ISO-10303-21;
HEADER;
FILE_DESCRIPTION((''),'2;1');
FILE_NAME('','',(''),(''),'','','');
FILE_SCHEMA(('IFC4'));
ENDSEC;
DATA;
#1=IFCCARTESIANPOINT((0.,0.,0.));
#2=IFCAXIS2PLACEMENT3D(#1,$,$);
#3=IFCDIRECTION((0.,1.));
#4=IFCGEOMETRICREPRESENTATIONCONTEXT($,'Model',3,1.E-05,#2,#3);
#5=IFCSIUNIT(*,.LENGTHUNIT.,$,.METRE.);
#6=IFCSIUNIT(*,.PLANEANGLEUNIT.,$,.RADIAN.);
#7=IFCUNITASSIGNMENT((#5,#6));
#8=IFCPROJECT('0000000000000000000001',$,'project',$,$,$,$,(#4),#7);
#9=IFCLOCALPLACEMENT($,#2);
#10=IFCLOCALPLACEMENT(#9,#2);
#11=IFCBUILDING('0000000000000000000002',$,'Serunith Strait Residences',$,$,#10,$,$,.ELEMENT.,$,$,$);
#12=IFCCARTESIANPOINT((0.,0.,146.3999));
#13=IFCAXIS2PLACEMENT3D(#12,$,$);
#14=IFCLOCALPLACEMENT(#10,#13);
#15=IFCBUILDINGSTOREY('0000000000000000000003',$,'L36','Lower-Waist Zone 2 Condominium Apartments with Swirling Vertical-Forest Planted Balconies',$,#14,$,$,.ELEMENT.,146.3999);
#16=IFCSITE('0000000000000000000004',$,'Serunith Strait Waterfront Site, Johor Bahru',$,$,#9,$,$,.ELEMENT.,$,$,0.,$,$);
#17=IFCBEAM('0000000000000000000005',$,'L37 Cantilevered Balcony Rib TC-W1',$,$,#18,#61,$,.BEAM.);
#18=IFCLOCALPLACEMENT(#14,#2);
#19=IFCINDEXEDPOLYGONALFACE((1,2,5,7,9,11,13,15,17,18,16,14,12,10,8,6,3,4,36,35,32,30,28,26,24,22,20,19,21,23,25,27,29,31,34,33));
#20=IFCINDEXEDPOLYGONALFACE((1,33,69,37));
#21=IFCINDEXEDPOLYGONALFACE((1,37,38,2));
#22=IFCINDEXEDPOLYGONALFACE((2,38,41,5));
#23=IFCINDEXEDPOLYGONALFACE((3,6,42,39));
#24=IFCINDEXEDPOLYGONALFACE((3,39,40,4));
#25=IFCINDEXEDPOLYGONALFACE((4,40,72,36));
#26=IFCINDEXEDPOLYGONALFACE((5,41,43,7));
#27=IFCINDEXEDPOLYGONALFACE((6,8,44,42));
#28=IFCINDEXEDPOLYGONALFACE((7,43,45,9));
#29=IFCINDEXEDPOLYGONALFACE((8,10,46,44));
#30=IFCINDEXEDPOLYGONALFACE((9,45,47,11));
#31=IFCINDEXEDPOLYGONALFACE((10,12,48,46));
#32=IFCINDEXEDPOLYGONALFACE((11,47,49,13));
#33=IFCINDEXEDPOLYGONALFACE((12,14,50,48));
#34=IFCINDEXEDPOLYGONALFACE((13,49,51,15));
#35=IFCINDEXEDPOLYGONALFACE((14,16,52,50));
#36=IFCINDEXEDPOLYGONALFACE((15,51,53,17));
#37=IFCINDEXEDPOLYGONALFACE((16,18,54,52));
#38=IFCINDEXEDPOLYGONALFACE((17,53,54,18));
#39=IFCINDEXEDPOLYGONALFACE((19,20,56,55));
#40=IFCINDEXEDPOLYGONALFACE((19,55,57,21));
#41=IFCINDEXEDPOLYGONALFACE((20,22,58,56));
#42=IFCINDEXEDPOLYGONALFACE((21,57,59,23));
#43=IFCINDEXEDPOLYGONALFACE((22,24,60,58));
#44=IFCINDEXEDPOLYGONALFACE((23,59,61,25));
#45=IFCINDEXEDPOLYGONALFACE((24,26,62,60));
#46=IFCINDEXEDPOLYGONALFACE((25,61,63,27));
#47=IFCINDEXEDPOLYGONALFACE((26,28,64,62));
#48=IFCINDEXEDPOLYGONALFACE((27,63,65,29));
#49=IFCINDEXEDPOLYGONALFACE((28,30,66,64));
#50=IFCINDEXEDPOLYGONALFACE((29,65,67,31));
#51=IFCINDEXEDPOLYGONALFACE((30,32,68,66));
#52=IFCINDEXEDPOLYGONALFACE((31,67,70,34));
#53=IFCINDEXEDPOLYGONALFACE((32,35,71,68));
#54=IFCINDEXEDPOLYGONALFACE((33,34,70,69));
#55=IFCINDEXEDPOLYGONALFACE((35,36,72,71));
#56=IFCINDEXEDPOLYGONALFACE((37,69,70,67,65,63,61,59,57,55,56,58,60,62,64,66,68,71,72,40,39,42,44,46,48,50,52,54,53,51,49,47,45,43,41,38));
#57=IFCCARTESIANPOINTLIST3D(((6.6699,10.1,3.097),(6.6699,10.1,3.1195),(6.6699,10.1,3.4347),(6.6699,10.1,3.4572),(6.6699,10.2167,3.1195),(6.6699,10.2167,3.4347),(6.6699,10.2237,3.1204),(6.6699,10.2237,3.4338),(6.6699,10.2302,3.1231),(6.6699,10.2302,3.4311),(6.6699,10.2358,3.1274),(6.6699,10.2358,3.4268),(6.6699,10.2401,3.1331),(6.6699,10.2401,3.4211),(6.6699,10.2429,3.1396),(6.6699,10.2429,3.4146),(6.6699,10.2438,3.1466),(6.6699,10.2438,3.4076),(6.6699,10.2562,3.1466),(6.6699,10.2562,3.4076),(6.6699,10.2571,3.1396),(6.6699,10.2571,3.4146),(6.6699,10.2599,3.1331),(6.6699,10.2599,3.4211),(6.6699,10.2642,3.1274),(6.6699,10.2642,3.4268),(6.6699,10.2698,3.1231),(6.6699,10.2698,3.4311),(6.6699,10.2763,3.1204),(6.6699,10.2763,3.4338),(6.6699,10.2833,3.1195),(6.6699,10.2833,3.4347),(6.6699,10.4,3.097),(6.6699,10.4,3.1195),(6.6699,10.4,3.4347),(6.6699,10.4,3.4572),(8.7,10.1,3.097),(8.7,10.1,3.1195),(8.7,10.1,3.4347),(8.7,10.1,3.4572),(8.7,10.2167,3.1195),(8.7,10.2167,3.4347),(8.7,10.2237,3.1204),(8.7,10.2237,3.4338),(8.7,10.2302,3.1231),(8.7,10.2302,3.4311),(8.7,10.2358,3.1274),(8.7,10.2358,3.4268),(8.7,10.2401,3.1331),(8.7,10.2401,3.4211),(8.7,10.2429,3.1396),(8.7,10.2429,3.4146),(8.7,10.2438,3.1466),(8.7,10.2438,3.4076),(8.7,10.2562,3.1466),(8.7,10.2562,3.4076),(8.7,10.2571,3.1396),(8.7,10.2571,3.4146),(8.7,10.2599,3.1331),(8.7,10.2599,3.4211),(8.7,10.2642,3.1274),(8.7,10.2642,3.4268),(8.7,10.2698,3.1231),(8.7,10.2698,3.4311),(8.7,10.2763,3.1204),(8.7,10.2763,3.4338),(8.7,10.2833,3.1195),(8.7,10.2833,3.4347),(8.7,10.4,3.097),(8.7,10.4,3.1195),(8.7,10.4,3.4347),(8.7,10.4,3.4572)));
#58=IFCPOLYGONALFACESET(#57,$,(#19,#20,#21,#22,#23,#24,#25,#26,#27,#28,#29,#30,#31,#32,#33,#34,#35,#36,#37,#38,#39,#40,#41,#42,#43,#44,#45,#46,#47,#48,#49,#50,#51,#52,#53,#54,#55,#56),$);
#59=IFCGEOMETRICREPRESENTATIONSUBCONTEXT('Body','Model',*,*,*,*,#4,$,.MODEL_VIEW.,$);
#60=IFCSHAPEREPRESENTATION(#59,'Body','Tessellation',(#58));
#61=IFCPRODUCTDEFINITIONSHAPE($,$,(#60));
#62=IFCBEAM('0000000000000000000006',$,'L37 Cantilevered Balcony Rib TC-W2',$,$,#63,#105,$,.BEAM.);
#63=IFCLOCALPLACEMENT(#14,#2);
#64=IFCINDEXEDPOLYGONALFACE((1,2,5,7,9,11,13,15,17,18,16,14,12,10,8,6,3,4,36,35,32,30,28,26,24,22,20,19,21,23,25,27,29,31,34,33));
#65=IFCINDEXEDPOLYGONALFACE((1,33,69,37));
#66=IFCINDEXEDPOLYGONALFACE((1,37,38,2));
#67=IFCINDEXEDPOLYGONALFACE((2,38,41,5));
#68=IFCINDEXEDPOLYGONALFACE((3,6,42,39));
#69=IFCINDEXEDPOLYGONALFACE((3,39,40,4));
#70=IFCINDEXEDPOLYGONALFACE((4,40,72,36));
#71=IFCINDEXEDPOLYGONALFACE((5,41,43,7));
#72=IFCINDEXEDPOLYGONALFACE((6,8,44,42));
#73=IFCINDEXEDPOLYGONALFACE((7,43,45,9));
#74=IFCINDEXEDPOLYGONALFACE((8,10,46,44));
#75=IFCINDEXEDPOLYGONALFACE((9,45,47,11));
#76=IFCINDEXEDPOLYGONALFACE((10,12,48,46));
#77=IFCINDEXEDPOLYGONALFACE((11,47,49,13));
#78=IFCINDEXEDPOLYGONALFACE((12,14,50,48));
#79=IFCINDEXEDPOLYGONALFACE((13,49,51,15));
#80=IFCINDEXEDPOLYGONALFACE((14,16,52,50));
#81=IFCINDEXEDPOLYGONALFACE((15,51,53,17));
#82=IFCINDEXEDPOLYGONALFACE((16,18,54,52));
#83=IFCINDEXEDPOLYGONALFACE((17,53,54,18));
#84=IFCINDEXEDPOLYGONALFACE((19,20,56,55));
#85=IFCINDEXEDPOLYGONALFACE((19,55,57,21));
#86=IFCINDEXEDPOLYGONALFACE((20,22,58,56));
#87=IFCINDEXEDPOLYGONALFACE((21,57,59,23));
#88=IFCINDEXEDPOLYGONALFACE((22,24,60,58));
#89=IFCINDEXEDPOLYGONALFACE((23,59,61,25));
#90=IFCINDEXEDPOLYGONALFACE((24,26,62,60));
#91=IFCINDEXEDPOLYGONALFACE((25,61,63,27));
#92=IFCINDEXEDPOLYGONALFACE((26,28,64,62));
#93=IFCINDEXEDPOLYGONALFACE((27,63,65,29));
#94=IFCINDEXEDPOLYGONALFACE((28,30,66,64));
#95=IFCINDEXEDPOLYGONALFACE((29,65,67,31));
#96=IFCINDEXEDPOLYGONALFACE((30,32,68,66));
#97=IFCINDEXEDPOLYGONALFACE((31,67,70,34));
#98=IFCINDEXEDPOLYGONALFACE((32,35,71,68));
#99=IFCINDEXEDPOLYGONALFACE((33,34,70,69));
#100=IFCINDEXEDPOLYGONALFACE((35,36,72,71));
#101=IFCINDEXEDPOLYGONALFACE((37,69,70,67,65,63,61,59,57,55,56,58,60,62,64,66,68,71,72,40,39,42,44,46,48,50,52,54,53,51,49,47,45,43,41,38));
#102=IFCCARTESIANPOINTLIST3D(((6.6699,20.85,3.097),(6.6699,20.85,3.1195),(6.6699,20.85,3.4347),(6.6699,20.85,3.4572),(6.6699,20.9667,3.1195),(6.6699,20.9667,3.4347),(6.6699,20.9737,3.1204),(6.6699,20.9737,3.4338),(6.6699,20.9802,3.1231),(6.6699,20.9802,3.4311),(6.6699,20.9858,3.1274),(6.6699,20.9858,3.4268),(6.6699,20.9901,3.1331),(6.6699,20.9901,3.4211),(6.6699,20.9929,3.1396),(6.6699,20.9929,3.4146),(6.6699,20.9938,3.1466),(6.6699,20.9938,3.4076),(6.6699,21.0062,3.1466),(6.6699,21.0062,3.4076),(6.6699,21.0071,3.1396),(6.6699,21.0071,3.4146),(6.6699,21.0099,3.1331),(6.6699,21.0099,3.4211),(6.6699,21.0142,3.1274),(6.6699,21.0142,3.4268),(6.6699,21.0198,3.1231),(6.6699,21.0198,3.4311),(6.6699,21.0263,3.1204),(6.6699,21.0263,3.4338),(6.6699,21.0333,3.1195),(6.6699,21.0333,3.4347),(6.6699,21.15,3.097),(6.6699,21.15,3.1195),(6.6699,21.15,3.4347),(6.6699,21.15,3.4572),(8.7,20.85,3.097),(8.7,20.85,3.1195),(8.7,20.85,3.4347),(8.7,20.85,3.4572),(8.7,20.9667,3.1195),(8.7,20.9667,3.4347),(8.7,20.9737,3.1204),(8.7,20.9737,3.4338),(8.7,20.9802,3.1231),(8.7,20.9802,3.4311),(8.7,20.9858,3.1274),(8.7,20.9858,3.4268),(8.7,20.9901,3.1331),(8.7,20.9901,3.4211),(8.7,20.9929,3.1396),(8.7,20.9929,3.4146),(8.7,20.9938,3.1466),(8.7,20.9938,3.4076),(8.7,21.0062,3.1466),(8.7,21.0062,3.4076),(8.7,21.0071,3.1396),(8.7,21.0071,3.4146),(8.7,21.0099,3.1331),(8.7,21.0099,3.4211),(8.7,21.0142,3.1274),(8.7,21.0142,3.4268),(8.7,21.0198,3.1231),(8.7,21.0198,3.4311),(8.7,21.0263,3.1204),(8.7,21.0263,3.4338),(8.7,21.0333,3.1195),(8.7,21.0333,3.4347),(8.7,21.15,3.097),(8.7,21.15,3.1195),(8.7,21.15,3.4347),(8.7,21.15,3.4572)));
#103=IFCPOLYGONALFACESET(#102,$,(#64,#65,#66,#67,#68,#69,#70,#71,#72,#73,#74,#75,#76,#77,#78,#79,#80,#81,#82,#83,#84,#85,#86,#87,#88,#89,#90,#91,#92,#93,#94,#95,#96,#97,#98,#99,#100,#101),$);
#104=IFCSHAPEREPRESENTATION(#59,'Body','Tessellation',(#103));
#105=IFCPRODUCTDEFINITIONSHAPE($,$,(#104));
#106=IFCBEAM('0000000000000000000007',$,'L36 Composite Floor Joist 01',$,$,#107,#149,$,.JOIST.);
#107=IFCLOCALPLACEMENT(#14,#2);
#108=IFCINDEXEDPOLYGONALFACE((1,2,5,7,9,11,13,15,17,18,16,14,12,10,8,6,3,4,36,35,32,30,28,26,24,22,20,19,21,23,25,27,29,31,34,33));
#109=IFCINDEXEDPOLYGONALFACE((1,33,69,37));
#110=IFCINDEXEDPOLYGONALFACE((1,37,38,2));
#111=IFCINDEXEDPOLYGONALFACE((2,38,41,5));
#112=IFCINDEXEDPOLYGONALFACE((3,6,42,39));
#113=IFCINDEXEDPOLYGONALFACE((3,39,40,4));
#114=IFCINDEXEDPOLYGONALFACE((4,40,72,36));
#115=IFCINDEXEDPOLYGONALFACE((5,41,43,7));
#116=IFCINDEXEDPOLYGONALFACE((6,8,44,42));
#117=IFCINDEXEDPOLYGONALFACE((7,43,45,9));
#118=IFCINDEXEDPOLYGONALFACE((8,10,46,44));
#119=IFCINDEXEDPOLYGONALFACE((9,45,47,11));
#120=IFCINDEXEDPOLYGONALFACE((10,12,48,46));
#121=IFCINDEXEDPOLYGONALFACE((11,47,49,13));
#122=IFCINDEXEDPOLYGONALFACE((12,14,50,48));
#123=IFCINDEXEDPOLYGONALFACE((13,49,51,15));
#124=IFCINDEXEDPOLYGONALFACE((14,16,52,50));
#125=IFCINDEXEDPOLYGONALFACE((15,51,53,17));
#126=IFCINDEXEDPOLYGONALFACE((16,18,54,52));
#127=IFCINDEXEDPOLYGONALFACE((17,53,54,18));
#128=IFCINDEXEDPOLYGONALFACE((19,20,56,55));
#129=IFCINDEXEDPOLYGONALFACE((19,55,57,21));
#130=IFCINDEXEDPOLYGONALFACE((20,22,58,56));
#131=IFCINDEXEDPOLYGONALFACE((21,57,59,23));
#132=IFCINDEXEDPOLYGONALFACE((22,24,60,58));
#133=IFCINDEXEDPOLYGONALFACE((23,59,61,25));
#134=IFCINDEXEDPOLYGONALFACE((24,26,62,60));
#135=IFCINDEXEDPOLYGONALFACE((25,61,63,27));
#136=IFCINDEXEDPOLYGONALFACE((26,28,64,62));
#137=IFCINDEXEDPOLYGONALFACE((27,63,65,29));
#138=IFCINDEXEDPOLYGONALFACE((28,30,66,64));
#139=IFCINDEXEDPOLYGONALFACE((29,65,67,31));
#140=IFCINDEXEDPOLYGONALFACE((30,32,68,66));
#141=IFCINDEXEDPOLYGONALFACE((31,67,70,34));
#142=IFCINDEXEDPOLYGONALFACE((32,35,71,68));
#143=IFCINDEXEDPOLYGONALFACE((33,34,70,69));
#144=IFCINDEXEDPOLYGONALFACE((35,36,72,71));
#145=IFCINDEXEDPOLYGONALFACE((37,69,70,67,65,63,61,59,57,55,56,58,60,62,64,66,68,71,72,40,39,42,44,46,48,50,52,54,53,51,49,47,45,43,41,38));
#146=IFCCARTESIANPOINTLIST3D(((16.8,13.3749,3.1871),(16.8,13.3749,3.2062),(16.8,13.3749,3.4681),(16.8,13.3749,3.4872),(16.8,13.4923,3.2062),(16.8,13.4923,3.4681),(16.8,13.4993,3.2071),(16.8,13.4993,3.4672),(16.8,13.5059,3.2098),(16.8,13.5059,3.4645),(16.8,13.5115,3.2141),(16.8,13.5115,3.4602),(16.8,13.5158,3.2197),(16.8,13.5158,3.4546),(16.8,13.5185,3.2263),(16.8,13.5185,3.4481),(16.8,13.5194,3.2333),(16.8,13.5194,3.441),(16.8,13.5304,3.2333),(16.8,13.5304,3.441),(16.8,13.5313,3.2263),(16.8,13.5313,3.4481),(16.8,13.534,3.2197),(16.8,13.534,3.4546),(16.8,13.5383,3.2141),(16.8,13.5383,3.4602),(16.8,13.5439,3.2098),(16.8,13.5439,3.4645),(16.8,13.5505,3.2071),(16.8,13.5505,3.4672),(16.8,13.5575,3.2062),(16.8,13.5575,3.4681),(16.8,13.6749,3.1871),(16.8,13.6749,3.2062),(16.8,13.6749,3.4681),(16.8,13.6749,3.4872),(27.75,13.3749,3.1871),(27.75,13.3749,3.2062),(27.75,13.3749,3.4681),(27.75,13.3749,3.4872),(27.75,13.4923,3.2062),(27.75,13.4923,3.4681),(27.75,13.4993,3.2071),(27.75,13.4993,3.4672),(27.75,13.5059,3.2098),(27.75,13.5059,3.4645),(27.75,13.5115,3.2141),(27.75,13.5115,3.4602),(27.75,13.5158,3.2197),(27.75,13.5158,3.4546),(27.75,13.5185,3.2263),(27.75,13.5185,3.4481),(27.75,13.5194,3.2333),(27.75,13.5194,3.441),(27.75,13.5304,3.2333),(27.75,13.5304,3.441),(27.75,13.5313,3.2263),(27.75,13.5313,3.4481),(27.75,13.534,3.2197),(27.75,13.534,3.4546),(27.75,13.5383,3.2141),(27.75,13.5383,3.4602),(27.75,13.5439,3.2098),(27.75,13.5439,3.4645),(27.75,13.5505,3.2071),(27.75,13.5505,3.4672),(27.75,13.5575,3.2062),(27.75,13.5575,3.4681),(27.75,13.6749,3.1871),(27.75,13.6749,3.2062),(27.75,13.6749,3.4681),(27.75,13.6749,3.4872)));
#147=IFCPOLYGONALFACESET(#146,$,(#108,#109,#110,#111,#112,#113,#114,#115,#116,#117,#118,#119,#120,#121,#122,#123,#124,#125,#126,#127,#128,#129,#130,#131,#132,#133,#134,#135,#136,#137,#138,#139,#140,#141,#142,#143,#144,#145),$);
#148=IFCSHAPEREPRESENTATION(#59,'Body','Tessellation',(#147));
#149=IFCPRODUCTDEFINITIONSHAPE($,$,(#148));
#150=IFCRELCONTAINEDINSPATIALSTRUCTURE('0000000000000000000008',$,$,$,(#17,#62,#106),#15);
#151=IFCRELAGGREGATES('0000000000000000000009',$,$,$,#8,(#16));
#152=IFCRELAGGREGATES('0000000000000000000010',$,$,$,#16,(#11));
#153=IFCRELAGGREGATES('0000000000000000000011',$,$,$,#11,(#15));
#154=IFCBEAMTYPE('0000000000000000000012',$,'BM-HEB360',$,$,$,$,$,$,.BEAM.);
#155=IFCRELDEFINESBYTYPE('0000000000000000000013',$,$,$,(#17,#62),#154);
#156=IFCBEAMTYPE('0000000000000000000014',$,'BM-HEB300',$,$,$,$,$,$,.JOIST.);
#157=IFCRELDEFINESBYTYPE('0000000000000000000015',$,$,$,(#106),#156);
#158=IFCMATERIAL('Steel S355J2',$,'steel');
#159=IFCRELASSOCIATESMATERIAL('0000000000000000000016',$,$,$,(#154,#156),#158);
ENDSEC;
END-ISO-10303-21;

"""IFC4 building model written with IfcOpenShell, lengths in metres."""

from ifc_helpers import new_model, si_unit, direction, frame, origin, origin_2d, place, context, subcontext, project, spatial, i_section, extrude, source, transform, mapped, material, material_profile, profile_set, type_object, element, save


model = new_model("IFC4")

# Units and contexts
model_context = context("Model", 3, precision=1e-05, world=origin(), true_north=direction((0.0, 1.0)))
body_context = subcontext(model_context, "Body", "Model", "MODEL_VIEW")
ifc_project = project(units=[si_unit("LENGTHUNIT", "METRE"), si_unit("PLANEANGLEUNIT", "RADIAN")], contexts=[model_context])

# Site, building, storey
site_placement = place(None, origin())
site = spatial("IfcSite", under=ifc_project, at=site_placement, Name="Serunith Strait Waterfront Site, Johor Bahru", CompositionType="ELEMENT", RefElevation=0.0)
building_placement = place(site_placement, origin())
building = spatial("IfcBuilding", under=site, at=building_placement, Name="Serunith Strait Residences", CompositionType="ELEMENT")
storey_placement = place(building_placement, frame((0.0, 0.0, 146.3999)))
storey = spatial("IfcBuildingStorey", under=building, at=storey_placement, Name="L36", Description="Lower-Waist Zone 2 Condominium Apartments with Swirling Vertical-Forest Planted Balconies", CompositionType="ELEMENT", Elevation=146.3999)

# Beams
ifc_material_1 = material(Name="Steel S355J2", Category="steel")
ifc_material_profile_1 = material_profile(ifc_material_1, i_section(OverallWidth=0.3, OverallDepth=0.3601, WebThickness=0.0125, FlangeThickness=0.0225, FilletRadius=0.0271, at=origin_2d()), Name="HEB 360")
ifc_profile_set_1 = profile_set([ifc_material_profile_1], Name="Steel S355J2")
beam_type_1 = type_object("IfcBeamType", Name="BM-HEB360", PredefinedType="BEAM", material=ifc_profile_set_1)
shared_shape_1 = source(origin(), body_context, "Body", "SweptSolid", [
    extrude(i_section(OverallWidth=0.3, OverallDepth=0.3601, WebThickness=0.0125, FlangeThickness=0.0225, FilletRadius=0.0271, at=origin_2d()), origin(), (0.0, 0.0, 1.0), 2.03),
])
for number, where, z_axis, x_axis, name in (
    (1, (8.7, 10.25, 3.2771), (-1.0, 0.0, 0.0), (0.0, -1.0, 0.0), "L37 Cantilevered Balcony Rib TC-W1"),
    (2, (8.7, 21.0, 3.2771), (-1.0, 0.0, 0.0), (0.0, -1.0, 0.0), "L37 Cantilevered Balcony Rib TC-W2"),
):
    element("IfcBeam", number, at=place(storey_placement, frame(where, z_axis=z_axis, x_axis=x_axis)), inside=storey, type_object=beam_type_1, Name=name, PredefinedType="BEAM", context=body_context, shape_type="MappedRepresentation", body=[
        mapped(shared_shape_1, transform((0.0, 0.0, 0.0), scale=1.0)),
    ])
ifc_material_profile_2 = material_profile(ifc_material_1, i_section(OverallWidth=0.3, OverallDepth=0.3, WebThickness=0.011, FlangeThickness=0.019, FilletRadius=0.0271, at=origin_2d()), Name="HEB 300")
ifc_profile_set_2 = profile_set([ifc_material_profile_2], Name="Steel S355J2")
beam_type_2 = type_object("IfcBeamType", Name="BM-HEB300", PredefinedType="JOIST", material=ifc_profile_set_2)
shared_shape_2 = source(origin(), body_context, "Body", "SweptSolid", [
    extrude(i_section(OverallWidth=0.3, OverallDepth=0.3, WebThickness=0.011, FlangeThickness=0.019, FilletRadius=0.0271, at=origin_2d()), origin(), (0.0, 0.0, 1.0), 10.95),
])
beam_1_placement = place(storey_placement, frame((16.8, 13.5249, 3.3372), z_axis=(1.0, 0.0, 0.0), x_axis=(0.0, 1.0, 0.0)))
element("IfcBeam", 3, at=beam_1_placement, inside=storey, type_object=beam_type_2, Name="L36 Composite Floor Joist 01", PredefinedType="JOIST", context=body_context, shape_type="MappedRepresentation", body=[
    mapped(shared_shape_2, transform((0.0, 0.0, 0.0), scale=1.0)),
])

save(model, "model.ifc")
